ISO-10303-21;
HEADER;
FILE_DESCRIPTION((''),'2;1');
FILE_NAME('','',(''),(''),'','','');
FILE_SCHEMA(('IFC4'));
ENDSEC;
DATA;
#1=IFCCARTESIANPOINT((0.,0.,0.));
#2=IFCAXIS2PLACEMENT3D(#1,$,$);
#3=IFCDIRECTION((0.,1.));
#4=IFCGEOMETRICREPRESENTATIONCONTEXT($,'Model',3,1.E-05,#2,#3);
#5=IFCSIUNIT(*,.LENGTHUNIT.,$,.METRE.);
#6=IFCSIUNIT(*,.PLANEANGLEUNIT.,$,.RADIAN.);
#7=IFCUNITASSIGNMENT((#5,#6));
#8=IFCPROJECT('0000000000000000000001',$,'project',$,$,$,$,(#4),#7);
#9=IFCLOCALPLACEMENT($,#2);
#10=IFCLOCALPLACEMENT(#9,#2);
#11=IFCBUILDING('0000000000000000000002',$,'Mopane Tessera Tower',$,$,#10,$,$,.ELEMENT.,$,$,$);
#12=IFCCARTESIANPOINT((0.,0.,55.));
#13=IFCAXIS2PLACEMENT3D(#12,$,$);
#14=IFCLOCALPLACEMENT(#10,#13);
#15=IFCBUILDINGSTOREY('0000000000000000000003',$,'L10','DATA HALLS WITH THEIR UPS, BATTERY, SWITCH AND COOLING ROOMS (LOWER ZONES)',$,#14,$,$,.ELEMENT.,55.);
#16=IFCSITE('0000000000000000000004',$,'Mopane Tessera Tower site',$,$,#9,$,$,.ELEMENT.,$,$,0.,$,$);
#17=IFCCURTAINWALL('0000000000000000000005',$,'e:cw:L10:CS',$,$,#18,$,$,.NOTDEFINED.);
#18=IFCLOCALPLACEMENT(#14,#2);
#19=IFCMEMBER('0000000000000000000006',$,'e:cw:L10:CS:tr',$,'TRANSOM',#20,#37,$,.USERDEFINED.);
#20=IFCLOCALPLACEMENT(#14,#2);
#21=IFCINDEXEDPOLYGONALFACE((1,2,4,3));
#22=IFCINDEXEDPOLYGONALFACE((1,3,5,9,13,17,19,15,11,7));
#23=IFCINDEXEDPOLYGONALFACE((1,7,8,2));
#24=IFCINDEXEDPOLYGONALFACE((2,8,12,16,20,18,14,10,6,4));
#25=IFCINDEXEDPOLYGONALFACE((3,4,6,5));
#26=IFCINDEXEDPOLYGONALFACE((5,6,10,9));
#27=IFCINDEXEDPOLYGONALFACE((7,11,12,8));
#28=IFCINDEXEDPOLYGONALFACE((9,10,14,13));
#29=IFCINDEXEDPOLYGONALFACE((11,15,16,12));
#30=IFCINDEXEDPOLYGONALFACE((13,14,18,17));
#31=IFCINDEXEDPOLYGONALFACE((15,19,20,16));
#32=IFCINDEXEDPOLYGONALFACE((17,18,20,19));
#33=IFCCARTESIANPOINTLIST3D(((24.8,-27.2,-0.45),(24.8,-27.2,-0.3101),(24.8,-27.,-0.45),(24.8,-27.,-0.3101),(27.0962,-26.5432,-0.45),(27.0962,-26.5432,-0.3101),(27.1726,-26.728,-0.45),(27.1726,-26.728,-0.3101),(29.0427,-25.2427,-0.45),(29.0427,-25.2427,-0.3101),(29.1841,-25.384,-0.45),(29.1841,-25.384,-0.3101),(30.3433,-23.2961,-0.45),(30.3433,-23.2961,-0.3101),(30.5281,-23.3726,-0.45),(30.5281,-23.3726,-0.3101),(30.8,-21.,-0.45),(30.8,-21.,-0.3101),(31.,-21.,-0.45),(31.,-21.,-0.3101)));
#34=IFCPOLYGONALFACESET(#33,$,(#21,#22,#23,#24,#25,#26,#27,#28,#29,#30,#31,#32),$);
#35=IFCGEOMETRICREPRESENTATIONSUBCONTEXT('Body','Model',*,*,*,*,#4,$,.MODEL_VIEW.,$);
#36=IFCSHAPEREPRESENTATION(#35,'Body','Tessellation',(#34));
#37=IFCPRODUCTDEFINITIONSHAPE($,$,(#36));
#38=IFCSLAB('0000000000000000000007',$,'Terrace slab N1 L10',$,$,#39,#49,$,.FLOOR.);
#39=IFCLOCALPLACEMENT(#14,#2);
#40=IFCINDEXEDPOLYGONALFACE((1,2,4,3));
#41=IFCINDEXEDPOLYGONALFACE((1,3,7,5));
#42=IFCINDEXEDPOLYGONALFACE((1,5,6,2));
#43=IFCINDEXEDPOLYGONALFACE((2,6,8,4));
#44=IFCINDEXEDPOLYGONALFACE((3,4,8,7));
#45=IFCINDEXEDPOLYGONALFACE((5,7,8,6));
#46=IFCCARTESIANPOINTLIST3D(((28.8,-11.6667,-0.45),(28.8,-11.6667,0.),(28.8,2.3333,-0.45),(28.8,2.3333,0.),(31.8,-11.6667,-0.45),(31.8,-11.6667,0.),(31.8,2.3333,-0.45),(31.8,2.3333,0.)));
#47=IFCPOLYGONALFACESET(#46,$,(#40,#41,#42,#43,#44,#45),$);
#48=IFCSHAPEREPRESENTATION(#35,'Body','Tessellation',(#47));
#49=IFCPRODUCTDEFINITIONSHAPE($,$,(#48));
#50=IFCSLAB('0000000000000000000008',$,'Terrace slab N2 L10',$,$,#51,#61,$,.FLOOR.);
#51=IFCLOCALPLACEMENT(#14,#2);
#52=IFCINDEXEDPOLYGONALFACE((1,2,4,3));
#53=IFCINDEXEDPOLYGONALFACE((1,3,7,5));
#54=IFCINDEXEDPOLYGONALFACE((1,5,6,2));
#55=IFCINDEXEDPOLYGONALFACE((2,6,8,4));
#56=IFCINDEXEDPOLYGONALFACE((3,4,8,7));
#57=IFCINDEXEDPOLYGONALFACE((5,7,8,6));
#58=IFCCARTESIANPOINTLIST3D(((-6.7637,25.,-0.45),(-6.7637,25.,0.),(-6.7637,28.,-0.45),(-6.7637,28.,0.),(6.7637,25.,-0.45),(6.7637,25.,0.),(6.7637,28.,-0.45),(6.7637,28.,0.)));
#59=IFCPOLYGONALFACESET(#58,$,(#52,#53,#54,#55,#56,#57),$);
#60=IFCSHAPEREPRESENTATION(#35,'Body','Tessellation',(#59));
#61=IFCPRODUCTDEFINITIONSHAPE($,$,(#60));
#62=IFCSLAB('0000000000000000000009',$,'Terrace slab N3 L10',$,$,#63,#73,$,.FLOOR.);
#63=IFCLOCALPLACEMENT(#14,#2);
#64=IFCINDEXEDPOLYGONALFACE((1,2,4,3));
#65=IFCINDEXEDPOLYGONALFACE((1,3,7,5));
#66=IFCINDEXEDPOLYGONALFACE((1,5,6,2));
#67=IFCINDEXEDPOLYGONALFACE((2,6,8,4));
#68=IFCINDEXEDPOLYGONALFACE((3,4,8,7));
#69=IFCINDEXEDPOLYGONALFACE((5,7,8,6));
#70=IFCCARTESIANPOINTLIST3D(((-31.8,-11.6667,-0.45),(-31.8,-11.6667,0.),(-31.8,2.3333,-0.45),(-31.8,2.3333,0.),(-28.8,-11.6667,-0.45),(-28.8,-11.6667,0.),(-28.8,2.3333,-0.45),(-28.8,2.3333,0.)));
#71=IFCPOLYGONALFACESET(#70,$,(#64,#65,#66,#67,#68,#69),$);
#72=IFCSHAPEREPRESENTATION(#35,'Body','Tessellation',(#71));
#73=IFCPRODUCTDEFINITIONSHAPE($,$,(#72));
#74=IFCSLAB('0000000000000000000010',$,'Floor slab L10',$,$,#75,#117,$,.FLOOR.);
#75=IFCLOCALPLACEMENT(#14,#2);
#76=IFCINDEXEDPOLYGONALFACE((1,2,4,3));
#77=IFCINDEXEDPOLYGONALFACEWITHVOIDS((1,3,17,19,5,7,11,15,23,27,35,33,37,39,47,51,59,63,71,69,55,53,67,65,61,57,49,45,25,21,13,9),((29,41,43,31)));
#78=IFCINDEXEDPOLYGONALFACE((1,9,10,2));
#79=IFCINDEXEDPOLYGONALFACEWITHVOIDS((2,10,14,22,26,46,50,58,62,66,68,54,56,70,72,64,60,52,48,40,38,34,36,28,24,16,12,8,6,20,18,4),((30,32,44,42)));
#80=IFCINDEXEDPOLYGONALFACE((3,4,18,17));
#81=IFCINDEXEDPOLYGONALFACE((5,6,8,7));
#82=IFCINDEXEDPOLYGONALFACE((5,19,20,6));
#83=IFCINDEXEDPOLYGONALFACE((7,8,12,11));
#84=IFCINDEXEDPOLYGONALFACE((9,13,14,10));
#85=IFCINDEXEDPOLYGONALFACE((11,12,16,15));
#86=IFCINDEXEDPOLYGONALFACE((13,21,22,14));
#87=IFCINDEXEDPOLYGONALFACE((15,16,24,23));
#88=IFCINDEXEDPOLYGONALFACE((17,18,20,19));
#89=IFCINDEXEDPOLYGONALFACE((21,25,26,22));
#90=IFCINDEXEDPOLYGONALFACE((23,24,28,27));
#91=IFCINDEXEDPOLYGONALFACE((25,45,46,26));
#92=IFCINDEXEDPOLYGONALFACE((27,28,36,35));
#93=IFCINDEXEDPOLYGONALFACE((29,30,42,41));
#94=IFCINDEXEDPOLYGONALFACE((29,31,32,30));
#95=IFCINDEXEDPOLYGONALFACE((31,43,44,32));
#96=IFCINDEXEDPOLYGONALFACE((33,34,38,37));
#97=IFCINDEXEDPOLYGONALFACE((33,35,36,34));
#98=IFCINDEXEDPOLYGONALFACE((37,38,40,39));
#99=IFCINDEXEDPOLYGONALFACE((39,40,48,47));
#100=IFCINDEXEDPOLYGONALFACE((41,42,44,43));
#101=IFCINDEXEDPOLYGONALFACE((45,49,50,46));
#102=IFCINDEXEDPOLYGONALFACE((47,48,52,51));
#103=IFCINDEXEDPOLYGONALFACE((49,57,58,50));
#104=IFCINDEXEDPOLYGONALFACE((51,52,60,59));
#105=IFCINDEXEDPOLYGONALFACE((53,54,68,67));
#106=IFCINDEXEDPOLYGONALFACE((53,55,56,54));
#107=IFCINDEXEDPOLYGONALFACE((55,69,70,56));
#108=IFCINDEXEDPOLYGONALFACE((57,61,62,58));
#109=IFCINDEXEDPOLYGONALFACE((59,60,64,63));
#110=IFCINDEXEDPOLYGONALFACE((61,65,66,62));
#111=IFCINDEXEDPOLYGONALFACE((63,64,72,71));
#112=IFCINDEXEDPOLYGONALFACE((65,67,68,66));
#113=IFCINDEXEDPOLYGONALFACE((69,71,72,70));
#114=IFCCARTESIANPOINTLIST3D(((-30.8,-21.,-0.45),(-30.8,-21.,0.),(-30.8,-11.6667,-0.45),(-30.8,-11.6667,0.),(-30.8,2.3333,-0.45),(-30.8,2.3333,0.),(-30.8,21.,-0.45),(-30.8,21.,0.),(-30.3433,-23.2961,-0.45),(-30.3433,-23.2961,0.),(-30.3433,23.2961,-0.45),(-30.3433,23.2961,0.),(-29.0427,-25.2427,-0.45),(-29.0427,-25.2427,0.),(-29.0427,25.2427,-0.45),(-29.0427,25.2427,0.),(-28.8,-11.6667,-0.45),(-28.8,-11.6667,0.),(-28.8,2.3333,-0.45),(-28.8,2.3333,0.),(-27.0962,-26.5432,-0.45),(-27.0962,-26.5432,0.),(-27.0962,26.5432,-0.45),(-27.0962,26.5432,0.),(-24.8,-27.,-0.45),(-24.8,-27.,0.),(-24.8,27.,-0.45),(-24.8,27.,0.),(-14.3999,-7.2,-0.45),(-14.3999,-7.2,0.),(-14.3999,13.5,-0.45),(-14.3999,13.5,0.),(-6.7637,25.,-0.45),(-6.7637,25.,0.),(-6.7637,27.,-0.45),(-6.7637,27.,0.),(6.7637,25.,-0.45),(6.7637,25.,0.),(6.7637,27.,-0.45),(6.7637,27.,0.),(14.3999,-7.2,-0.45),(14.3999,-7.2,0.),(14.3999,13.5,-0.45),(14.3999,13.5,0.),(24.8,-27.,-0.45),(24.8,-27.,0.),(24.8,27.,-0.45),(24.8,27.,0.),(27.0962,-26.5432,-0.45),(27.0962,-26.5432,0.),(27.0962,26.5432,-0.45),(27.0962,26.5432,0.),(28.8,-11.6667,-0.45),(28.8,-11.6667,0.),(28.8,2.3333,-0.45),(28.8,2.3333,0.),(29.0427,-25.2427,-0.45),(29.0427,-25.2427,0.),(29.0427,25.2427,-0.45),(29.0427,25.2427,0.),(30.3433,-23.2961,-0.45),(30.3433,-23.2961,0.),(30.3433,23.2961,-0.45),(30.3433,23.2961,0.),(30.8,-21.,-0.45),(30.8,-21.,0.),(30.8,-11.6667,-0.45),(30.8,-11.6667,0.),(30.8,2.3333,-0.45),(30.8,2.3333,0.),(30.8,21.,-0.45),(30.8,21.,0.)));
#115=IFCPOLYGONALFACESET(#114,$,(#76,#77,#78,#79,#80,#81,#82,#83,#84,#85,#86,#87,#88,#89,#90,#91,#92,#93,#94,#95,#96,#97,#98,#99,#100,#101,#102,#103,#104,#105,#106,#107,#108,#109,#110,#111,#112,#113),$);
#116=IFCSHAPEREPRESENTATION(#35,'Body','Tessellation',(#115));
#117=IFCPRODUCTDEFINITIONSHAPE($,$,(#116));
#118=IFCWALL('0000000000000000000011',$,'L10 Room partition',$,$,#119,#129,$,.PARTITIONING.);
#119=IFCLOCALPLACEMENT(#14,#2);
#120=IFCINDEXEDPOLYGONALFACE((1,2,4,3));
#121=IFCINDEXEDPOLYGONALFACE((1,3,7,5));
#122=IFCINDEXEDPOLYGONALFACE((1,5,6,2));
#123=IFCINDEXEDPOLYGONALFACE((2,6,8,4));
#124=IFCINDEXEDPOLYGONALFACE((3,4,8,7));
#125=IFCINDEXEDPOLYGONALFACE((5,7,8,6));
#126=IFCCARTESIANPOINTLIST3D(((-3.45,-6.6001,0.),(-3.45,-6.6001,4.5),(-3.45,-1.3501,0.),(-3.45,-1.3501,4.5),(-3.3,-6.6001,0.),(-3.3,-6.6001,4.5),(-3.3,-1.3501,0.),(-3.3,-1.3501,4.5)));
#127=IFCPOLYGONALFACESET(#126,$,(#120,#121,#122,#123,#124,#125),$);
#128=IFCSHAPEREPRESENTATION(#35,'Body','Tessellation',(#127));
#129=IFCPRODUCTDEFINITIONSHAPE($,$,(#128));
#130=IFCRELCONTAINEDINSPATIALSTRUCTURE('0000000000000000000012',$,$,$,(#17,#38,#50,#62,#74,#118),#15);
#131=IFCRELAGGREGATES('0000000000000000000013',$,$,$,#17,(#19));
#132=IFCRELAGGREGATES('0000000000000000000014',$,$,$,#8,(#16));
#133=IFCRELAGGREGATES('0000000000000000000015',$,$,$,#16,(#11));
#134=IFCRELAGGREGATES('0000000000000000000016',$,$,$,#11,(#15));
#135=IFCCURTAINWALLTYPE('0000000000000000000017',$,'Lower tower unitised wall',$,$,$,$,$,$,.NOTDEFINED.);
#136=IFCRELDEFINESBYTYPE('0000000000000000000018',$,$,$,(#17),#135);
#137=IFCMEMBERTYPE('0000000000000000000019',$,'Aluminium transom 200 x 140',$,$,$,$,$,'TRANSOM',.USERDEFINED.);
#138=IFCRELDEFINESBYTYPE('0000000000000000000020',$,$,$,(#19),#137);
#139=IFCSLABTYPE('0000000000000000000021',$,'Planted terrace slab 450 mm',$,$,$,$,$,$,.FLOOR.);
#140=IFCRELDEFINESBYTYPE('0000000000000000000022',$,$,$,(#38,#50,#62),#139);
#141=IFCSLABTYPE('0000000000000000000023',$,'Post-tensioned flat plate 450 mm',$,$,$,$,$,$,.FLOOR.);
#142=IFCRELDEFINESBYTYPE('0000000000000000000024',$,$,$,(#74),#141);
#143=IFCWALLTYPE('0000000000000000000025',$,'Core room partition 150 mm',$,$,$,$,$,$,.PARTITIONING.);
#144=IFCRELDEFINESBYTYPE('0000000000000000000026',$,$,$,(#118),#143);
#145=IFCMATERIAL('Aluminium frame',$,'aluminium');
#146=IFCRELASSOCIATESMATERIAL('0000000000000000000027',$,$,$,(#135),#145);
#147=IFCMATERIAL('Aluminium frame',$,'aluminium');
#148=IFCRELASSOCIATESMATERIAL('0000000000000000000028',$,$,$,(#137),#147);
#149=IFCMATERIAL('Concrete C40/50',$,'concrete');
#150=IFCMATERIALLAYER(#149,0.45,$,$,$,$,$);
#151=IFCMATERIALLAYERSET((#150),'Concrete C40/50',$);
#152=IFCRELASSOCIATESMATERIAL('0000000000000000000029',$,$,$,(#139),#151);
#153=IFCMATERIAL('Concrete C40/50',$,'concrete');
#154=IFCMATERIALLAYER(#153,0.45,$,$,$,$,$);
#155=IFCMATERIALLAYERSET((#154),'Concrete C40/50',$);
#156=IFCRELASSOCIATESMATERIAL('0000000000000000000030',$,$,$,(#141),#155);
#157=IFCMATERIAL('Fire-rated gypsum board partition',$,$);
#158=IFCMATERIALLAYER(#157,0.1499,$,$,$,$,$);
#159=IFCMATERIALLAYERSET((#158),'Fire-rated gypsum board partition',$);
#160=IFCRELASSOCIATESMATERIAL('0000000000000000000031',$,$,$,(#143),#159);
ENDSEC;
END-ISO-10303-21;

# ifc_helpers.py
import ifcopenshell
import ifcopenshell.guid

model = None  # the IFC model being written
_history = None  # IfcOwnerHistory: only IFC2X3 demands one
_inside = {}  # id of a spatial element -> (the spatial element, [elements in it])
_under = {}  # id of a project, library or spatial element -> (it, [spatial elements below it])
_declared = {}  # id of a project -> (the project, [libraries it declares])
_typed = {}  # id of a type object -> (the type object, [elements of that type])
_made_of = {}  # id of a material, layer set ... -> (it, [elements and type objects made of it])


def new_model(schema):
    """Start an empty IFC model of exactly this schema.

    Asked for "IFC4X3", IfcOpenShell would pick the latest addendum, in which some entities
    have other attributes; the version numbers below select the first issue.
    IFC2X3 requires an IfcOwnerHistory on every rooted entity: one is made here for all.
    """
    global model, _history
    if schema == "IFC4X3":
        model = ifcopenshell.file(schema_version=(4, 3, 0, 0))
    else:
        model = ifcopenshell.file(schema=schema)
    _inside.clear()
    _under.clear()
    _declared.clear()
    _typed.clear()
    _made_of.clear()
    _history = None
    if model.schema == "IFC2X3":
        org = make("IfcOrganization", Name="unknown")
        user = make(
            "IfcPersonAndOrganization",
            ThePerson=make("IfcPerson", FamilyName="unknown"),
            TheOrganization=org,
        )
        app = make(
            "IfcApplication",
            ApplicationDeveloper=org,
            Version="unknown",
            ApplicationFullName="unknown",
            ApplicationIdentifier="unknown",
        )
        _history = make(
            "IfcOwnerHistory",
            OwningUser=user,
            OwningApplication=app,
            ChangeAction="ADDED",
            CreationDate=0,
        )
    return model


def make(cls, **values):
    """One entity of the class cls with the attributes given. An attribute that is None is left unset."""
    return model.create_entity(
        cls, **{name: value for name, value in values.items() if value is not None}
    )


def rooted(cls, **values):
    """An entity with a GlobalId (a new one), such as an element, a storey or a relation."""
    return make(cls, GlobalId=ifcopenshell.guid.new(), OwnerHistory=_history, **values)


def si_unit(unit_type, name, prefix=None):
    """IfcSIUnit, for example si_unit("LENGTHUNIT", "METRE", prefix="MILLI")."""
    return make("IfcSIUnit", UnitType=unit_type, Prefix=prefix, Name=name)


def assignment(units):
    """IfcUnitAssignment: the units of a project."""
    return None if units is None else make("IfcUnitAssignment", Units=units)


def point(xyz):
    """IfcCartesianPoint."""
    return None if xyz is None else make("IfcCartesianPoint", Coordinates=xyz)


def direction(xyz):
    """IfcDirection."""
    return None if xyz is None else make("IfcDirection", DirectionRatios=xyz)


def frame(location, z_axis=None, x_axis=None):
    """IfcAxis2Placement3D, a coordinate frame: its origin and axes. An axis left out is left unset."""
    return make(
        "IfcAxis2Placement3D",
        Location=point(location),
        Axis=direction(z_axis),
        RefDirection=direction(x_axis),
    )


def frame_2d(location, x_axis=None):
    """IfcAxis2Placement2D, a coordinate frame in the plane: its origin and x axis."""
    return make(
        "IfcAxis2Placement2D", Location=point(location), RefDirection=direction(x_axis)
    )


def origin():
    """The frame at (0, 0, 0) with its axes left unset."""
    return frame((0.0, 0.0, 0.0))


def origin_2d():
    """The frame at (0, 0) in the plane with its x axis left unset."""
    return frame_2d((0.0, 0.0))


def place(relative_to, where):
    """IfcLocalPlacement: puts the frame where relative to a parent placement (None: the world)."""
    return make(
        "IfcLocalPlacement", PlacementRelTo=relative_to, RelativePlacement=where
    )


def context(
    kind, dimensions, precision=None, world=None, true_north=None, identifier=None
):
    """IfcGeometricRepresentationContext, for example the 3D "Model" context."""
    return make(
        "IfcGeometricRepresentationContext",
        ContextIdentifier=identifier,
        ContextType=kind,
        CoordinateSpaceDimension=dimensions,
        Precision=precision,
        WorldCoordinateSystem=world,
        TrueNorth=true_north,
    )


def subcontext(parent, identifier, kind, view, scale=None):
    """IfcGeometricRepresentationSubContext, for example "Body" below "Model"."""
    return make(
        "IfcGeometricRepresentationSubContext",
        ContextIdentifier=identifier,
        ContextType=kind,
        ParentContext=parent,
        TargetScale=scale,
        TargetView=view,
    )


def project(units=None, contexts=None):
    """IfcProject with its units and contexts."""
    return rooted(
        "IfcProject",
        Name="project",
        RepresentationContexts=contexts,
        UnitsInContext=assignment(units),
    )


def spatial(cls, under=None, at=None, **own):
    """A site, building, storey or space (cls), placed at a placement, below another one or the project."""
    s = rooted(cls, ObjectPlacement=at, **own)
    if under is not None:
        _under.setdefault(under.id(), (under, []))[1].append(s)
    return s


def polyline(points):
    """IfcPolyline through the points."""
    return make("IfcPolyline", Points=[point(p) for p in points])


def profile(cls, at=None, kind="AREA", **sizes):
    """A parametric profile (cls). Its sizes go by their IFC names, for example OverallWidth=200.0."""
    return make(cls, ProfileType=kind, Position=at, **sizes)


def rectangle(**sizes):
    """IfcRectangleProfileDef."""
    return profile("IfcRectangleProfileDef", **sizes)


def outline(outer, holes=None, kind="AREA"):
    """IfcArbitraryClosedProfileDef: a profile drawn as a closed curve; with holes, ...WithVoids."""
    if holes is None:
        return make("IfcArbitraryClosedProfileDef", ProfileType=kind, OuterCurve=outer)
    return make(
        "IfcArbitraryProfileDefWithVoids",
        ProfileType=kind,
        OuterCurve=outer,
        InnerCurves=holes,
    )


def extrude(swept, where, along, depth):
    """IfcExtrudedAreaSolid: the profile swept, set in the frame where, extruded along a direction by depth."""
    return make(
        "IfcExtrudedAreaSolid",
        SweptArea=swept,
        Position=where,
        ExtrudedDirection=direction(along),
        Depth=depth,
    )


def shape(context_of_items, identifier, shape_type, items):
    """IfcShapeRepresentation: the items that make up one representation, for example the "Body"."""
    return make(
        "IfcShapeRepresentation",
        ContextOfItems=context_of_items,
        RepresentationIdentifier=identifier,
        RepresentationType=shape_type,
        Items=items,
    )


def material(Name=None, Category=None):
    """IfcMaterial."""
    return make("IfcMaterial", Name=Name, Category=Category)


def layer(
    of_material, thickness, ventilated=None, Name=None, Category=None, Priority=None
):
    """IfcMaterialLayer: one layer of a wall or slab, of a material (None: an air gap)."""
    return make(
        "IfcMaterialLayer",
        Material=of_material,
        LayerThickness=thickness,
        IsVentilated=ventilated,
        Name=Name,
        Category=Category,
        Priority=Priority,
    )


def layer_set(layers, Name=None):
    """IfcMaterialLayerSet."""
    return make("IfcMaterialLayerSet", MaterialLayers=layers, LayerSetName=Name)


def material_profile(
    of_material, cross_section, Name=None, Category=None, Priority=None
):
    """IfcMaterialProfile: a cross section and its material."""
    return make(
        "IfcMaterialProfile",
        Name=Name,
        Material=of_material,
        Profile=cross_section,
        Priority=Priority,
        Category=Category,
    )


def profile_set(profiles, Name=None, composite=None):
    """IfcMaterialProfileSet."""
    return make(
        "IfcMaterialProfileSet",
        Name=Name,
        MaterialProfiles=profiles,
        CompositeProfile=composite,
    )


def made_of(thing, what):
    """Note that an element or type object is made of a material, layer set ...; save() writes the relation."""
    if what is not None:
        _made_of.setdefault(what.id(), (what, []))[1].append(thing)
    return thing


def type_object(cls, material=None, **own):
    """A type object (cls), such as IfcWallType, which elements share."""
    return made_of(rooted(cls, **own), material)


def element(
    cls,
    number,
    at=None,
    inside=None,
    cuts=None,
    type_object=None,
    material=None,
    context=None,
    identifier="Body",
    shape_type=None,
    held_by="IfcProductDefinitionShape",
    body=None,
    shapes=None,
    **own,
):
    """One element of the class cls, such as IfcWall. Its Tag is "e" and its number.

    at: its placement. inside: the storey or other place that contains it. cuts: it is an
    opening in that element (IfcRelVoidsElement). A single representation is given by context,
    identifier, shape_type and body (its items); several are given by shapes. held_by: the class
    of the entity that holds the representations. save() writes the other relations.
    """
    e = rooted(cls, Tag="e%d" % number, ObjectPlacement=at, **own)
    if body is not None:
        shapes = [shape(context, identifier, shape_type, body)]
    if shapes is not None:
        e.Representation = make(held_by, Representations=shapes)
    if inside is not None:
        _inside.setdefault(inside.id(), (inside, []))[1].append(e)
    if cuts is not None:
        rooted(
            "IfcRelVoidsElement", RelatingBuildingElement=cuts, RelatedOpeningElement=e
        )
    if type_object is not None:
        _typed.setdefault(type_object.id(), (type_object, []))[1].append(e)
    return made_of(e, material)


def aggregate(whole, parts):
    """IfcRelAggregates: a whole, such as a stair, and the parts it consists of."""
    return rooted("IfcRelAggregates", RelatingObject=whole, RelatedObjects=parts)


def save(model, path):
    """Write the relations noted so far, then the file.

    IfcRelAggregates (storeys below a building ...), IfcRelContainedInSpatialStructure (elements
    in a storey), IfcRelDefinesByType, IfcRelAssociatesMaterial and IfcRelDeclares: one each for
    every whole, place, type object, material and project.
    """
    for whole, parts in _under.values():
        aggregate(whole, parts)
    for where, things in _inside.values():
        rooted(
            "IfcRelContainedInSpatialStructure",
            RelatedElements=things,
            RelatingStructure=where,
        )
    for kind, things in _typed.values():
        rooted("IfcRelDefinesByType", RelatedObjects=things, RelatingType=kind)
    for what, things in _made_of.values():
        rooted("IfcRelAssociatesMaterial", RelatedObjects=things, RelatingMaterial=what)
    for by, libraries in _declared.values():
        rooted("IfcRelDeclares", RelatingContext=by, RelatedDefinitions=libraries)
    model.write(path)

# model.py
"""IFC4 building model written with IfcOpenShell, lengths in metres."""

from ifc_helpers import new_model, si_unit, direction, frame, frame_2d, origin, origin_2d, place, context, subcontext, project, spatial, polyline, rectangle, outline, extrude, material, layer, layer_set, material_profile, profile_set, type_object, element, aggregate, save


model = new_model("IFC4")

# Units and contexts
model_context = context("Model", 3, precision=1e-05, world=origin(), true_north=direction((0.0, 1.0)))
body_context = subcontext(model_context, "Body", "Model", "MODEL_VIEW")
ifc_project = project(units=[si_unit("LENGTHUNIT", "METRE"), si_unit("PLANEANGLEUNIT", "RADIAN")], contexts=[model_context])

# Site, building, storey
site_placement = place(None, origin())
site = spatial("IfcSite", under=ifc_project, at=site_placement, Name="Mopane Tessera Tower site", CompositionType="ELEMENT", RefElevation=0.0)
building_placement = place(site_placement, origin())
building = spatial("IfcBuilding", under=site, at=building_placement, Name="Mopane Tessera Tower", CompositionType="ELEMENT")
storey_placement = place(building_placement, frame((0.0, 0.0, 55.0)))
storey = spatial("IfcBuildingStorey", under=building, at=storey_placement, Name="L10", Description="DATA HALLS WITH THEIR UPS, BATTERY, SWITCH AND COOLING ROOMS (LOWER ZONES)", CompositionType="ELEMENT", Elevation=55.0)

# Curtain wall, member
ifc_material_1 = material(Name="Aluminium frame", Category="aluminium")
curtain_wall_type = type_object("IfcCurtainWallType", Name="Lower tower unitised wall", PredefinedType="NOTDEFINED", material=ifc_material_1)
curtain_wall_placement = place(storey_placement, origin())
curtain_wall = element("IfcCurtainWall", 1, at=curtain_wall_placement, inside=storey, type_object=curtain_wall_type, Name="e:cw:L10:CS", PredefinedType="NOTDEFINED")
ifc_material_2 = material(Name="Aluminium frame", Category="aluminium")
ifc_material_profile = material_profile(ifc_material_2, rectangle(XDim=0.2, YDim=0.1399, at=origin_2d()))
ifc_profile_set = profile_set([ifc_material_profile], Name="Aluminium frame")
member_type = type_object("IfcMemberType", Name="Aluminium transom 200 x 140", ElementType="TRANSOM", PredefinedType="USERDEFINED", material=ifc_profile_set)
member_placement = place(storey_placement, frame((0.0, 0.0, -0.45)))
member = element("IfcMember", 2, at=member_placement, type_object=member_type, Name="e:cw:L10:CS:tr", ObjectType="TRANSOM", PredefinedType="USERDEFINED", context=body_context, shape_type="SweptSolid", body=[
    extrude(outline(polyline([(24.8, -27.0), (27.0962, -26.5432), (29.0427, -25.2427), (30.3433, -23.2961), (30.8, -21.0), (31.0, -21.0), (30.5281, -23.3726), (29.1841, -25.384), (27.1726, -26.728), (24.8, -27.2), (24.8, -27.0)])), origin(), (0.0, 0.0, 1.0), 0.1399),
])
aggregate(curtain_wall, [member])

# Slabs
ifc_material_3 = material(Name="Concrete C40/50", Category="concrete")
ifc_layer_1 = layer(ifc_material_3, 0.45)
ifc_layer_set_1 = layer_set([ifc_layer_1], Name="Concrete C40/50")
slab_type_1 = type_object("IfcSlabType", Name="Planted terrace slab 450 mm", PredefinedType="FLOOR", material=ifc_layer_set_1)
slab_1_placement = place(storey_placement, frame((0.0, 0.0, -0.45)))
element("IfcSlab", 3, at=slab_1_placement, inside=storey, type_object=slab_type_1, Name="Terrace slab N1 L10", PredefinedType="FLOOR", context=body_context, shape_type="SweptSolid", body=[
    extrude(outline(polyline([(31.8, 2.3333), (28.8, 2.3333), (28.8, -11.6667), (31.8, -11.6667), (31.8, 2.3333)])), origin(), (0.0, 0.0, 1.0), 0.45),
])
slab_2_placement = place(storey_placement, frame((0.0, 0.0, -0.45)))
element("IfcSlab", 4, at=slab_2_placement, inside=storey, type_object=slab_type_1, Name="Terrace slab N2 L10", PredefinedType="FLOOR", context=body_context, shape_type="SweptSolid", body=[
    extrude(outline(polyline([(-6.7637, 28.0), (-6.7637, 25.0), (6.7637, 25.0), (6.7637, 28.0), (-6.7637, 28.0)])), origin(), (0.0, 0.0, 1.0), 0.45),
])
slab_3_placement = place(storey_placement, frame((0.0, 0.0, -0.45)))
element("IfcSlab", 5, at=slab_3_placement, inside=storey, type_object=slab_type_1, Name="Terrace slab N3 L10", PredefinedType="FLOOR", context=body_context, shape_type="SweptSolid", body=[
    extrude(outline(polyline([(-31.8, -11.6667), (-28.8, -11.6667), (-28.8, 2.3333), (-31.8, 2.3333), (-31.8, -11.6667)])), origin(), (0.0, 0.0, 1.0), 0.45),
])
ifc_material_4 = material(Name="Concrete C40/50", Category="concrete")
ifc_layer_2 = layer(ifc_material_4, 0.45)
ifc_layer_set_2 = layer_set([ifc_layer_2], Name="Concrete C40/50")
slab_type_2 = type_object("IfcSlabType", Name="Post-tensioned flat plate 450 mm", PredefinedType="FLOOR", material=ifc_layer_set_2)
slab_4_placement = place(storey_placement, frame((0.0, 0.0, -0.45)))
element("IfcSlab", 6, at=slab_4_placement, inside=storey, type_object=slab_type_2, Name="Floor slab L10", PredefinedType="FLOOR", context=body_context, shape_type="SweptSolid", body=[
    extrude(outline(polyline([(30.8, -21.0), (30.8, -11.6667), (28.8, -11.6667), (28.8, 2.3333), (30.8, 2.3333), (30.8, 21.0), (30.3433, 23.2961), (29.0427, 25.2427), (27.0962, 26.5432), (24.8, 27.0), (6.7637, 27.0), (6.7637, 25.0), (-6.7637, 25.0), (-6.7637, 27.0), (-24.8, 27.0), (-27.0962, 26.5432), (-29.0427, 25.2427), (-30.3433, 23.2961), (-30.8, 21.0), (-30.8, 2.3333), (-28.8, 2.3333), (-28.8, -11.6667), (-30.8, -11.6667), (-30.8, -21.0), (-30.3433, -23.2961), (-29.0427, -25.2427), (-27.0962, -26.5432), (-24.8, -27.0), (24.8, -27.0), (27.0962, -26.5432), (29.0427, -25.2427), (30.3433, -23.2961), (30.8, -21.0)]), holes=[polyline([(14.3999, -7.2), (-14.3999, -7.2), (-14.3999, 13.5), (14.3999, 13.5), (14.3999, -7.2)])]), origin(), (0.0, 0.0, 1.0), 0.45),
])

# Wall
ifc_material_5 = material(Name="Fire-rated gypsum board partition")
ifc_layer_3 = layer(ifc_material_5, 0.1499)
ifc_layer_set_3 = layer_set([ifc_layer_3], Name="Fire-rated gypsum board partition")
wall_type_1 = type_object("IfcWallType", Name="Core room partition 150 mm", PredefinedType="PARTITIONING", material=ifc_layer_set_3)
wall_1_placement = place(storey_placement, frame((-3.375, -6.6001, 0.0), z_axis=(0.0, 0.0, 1.0), x_axis=(0.0, 1.0, 0.0)))
element("IfcWall", 7, at=wall_1_placement, inside=storey, type_object=wall_type_1, Name="L10 Room partition", PredefinedType="PARTITIONING", context=body_context, shape_type="SweptSolid", body=[
    extrude(rectangle(XDim=5.25, YDim=0.1499, at=frame_2d((2.625, 0.0))), origin(), (0.0, 0.0, 1.0), 4.5),
])

save(model, "model.ifc")
